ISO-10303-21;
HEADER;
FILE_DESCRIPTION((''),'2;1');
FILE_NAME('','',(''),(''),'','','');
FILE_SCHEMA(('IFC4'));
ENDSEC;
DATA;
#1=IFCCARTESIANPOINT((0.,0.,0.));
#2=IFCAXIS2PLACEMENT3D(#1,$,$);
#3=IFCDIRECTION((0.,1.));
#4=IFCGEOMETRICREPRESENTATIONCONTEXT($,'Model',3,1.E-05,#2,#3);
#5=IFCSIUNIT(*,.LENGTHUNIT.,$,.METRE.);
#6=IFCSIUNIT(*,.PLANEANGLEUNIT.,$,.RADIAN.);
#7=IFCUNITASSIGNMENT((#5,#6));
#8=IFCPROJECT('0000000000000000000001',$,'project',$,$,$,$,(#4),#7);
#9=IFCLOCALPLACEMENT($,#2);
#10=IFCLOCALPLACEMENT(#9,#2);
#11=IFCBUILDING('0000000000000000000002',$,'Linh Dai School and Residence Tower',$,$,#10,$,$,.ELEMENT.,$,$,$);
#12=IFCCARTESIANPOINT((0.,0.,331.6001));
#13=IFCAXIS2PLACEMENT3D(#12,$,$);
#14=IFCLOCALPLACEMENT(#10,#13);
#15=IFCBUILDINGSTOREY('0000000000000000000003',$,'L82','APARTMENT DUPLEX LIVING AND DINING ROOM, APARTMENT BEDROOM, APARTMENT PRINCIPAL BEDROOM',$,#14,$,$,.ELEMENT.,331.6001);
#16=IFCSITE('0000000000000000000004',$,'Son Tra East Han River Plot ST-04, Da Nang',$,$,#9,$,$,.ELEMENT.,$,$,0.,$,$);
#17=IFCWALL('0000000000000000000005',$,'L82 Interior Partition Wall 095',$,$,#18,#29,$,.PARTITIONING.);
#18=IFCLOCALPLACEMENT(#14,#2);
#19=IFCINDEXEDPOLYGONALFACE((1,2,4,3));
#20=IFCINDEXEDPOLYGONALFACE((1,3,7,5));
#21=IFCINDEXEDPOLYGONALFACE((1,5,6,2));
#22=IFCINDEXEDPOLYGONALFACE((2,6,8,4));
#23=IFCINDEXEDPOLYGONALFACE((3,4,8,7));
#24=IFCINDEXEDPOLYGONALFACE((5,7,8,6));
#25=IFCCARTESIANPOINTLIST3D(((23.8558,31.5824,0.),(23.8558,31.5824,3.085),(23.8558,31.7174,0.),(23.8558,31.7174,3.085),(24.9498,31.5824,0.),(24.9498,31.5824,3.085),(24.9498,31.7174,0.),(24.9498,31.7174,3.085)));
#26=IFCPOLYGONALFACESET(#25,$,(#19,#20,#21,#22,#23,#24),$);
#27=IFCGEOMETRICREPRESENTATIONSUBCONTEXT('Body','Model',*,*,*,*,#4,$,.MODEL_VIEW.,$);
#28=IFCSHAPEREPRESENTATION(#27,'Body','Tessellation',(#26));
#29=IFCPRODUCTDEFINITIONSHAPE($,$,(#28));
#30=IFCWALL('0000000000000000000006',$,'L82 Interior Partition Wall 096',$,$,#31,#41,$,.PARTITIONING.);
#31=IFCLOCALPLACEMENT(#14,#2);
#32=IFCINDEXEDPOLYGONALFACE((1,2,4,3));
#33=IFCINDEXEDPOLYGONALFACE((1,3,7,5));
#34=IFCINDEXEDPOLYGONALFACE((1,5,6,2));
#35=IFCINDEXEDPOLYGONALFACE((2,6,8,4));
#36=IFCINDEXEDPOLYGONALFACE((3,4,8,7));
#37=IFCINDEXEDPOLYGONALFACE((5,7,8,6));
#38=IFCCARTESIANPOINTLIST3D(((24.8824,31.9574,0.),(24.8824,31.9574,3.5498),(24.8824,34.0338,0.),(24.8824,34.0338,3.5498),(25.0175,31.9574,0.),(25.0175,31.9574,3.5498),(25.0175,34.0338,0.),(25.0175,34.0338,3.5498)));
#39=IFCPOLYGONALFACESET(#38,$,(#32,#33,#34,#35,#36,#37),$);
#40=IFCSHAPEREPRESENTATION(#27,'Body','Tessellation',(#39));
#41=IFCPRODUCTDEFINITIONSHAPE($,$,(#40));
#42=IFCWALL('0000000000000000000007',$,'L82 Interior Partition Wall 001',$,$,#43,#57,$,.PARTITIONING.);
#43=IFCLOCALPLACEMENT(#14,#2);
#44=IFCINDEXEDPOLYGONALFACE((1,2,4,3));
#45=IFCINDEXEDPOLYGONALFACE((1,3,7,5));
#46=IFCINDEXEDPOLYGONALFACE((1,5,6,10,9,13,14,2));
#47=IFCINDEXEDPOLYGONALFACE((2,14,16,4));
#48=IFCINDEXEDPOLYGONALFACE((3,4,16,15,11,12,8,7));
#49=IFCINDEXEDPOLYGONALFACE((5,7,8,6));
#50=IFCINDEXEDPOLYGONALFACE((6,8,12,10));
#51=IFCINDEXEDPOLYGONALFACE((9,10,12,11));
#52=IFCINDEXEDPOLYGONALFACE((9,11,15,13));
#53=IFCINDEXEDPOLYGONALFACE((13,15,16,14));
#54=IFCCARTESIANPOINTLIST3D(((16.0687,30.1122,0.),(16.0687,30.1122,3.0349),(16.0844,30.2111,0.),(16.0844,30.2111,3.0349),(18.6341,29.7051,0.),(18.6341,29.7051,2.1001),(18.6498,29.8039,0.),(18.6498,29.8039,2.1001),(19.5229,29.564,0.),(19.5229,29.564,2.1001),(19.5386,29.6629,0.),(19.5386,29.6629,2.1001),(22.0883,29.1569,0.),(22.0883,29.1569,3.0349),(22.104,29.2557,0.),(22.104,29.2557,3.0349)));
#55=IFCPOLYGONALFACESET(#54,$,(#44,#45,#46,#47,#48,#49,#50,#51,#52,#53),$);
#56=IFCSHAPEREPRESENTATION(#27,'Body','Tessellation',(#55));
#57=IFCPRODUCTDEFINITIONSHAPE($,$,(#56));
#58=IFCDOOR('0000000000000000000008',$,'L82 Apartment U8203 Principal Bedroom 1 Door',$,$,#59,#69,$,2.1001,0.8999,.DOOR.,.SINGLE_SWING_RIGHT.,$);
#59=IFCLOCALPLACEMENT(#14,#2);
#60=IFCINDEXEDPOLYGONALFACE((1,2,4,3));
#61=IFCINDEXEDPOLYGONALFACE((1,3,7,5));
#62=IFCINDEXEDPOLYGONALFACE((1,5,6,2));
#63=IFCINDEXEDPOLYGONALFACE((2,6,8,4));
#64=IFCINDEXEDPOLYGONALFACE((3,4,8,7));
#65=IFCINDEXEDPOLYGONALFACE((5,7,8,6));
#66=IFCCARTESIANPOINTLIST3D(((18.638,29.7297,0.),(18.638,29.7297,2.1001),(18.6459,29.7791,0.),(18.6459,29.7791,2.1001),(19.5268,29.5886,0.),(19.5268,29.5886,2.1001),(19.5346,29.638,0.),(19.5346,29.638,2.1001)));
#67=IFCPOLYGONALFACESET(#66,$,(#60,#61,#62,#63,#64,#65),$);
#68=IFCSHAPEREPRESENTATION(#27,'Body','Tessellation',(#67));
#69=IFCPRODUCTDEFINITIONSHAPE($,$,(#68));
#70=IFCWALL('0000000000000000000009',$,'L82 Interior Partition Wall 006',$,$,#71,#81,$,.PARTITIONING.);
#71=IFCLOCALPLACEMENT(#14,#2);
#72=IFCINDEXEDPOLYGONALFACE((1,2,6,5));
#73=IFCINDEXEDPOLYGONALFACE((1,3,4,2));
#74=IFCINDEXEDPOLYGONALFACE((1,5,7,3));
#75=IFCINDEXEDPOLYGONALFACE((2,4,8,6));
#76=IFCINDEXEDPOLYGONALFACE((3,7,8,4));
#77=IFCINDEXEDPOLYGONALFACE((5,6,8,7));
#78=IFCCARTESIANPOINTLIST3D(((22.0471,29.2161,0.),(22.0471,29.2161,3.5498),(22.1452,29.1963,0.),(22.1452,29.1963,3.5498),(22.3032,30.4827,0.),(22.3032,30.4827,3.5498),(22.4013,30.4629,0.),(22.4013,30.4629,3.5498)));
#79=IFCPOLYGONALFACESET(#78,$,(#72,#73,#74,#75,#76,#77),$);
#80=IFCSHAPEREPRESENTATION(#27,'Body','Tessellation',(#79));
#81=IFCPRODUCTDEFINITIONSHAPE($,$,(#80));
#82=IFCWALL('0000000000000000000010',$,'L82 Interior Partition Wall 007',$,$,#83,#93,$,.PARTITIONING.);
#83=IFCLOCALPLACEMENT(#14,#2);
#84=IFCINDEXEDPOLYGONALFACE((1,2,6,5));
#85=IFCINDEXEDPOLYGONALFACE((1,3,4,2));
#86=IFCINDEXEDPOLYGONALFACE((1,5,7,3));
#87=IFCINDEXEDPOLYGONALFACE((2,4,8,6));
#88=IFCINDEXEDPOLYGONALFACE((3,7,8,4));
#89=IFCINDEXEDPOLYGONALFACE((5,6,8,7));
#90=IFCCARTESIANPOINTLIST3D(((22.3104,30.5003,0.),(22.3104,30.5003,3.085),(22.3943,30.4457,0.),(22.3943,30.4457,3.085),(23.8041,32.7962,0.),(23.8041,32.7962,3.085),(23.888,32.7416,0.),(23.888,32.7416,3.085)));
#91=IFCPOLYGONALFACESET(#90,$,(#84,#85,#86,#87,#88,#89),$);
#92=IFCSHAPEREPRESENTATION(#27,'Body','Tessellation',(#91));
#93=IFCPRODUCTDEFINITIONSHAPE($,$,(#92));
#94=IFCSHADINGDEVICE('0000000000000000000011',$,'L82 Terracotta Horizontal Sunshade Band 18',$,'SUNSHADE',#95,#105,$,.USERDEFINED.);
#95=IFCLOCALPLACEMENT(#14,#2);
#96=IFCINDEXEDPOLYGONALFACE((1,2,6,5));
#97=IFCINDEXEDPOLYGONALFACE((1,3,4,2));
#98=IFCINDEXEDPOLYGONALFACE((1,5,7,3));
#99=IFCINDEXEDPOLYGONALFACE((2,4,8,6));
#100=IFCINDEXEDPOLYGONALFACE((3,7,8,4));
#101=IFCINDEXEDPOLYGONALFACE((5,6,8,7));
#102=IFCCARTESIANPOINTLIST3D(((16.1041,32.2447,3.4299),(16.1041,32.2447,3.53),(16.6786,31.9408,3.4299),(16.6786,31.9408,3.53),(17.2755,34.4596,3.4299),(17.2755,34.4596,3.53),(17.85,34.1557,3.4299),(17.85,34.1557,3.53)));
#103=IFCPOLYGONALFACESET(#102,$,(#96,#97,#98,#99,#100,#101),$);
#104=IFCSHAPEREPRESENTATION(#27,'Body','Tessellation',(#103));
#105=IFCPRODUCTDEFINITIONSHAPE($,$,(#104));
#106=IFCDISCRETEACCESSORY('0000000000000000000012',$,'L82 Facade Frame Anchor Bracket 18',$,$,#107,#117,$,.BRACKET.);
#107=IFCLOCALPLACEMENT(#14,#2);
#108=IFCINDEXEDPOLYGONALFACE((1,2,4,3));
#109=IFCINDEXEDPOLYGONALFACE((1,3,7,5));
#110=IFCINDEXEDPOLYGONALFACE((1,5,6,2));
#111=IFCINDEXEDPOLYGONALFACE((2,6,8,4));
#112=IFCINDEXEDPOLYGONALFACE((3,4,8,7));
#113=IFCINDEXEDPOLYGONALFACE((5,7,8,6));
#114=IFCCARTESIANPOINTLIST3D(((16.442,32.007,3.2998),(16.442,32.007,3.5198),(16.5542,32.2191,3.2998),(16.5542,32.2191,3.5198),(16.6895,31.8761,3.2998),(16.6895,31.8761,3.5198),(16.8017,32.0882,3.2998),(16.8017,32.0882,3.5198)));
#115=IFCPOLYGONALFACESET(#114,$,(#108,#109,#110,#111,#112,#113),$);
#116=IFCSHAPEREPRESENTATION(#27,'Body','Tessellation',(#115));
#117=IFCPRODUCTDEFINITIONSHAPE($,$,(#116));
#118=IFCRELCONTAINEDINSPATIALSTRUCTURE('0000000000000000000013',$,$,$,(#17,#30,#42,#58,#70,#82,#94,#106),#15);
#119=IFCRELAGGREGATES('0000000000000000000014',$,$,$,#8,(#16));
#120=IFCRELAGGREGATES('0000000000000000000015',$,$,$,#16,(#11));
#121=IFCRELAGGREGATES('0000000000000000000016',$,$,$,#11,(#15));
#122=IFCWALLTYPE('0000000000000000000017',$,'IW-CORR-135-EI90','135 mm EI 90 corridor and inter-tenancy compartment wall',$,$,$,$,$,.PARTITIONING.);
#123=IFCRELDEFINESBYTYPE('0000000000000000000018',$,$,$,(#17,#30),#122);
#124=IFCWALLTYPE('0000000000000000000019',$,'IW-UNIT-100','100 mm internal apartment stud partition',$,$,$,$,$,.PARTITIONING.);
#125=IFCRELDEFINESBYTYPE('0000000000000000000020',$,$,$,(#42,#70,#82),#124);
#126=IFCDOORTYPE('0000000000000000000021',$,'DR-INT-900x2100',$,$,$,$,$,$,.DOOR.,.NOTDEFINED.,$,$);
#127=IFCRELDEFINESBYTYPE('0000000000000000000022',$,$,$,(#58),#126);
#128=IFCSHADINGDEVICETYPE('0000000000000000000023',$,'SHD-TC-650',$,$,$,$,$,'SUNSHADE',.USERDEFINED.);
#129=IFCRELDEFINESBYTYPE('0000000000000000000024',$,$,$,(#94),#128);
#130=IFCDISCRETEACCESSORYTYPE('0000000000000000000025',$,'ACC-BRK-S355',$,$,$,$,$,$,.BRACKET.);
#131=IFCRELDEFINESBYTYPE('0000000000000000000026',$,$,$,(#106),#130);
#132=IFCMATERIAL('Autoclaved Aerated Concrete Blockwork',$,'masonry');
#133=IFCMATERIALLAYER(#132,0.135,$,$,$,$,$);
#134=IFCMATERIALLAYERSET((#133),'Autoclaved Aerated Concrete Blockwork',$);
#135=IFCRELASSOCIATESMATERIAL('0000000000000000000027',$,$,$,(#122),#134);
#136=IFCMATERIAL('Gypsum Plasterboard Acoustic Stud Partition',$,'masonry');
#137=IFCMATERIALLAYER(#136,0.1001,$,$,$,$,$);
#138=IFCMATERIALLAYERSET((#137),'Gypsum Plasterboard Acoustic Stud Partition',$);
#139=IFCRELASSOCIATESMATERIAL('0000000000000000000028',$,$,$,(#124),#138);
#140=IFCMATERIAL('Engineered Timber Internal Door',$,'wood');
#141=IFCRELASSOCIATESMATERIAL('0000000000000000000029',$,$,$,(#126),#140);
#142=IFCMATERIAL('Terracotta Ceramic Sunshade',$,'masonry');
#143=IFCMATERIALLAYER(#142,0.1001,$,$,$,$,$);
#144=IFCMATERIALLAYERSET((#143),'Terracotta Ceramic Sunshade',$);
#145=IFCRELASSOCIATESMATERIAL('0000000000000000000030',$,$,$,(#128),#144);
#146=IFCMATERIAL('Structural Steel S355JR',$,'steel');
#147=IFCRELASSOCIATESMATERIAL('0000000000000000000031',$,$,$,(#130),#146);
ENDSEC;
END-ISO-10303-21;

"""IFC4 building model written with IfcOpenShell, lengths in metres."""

from ifc_helpers import new_model, si_unit, direction, frame, frame_2d, origin, origin_2d, place, context, subcontext, project, spatial, rectangle, extrude, source, transform, mapped, material, layer, layer_set, type_object, element, fill, save


model = new_model("IFC4")

# Units and contexts
model_context = context("Model", 3, precision=1e-05, world=origin(), true_north=direction((0.0, 1.0)))
body_context = subcontext(model_context, "Body", "Model", "MODEL_VIEW")
ifc_project = project(units=[si_unit("LENGTHUNIT", "METRE"), si_unit("PLANEANGLEUNIT", "RADIAN")], contexts=[model_context])

# Site, building, storey
site_placement = place(None, origin())
site = spatial("IfcSite", under=ifc_project, at=site_placement, Name="Son Tra East Han River Plot ST-04, Da Nang", CompositionType="ELEMENT", RefElevation=0.0)
building_placement = place(site_placement, origin())
building = spatial("IfcBuilding", under=site, at=building_placement, Name="Linh Dai School and Residence Tower", CompositionType="ELEMENT")
storey_placement = place(building_placement, frame((0.0, 0.0, 331.6001)))
storey = spatial("IfcBuildingStorey", under=building, at=storey_placement, Name="L82", Description="APARTMENT DUPLEX LIVING AND DINING ROOM, APARTMENT BEDROOM, APARTMENT PRINCIPAL BEDROOM", CompositionType="ELEMENT", Elevation=331.6001)

# Shared definitions
ifc_material_1 = material(Name="Structural Steel S355JR", Category="steel")

# Shared definitions
ifc_material_2 = material(Name="Autoclaved Aerated Concrete Blockwork", Category="masonry")
ifc_layer_1 = layer(ifc_material_2, 0.135)
ifc_layer_set_1 = layer_set([ifc_layer_1], Name="Autoclaved Aerated Concrete Blockwork")
wall_type_1 = type_object("IfcWallType", Name="IW-CORR-135-EI90", Description="135 mm EI 90 corridor and inter-tenancy compartment wall", PredefinedType="PARTITIONING", material=ifc_layer_set_1)

# Walls
wall_1_placement = place(storey_placement, frame((23.856, 31.6499, 0.0), z_axis=(0.0, 0.0, 1.0), x_axis=(1.0, 0.0, 0.0)))
element("IfcWall", 1, at=wall_1_placement, inside=storey, type_object=wall_type_1, Name="L82 Interior Partition Wall 095", PredefinedType="PARTITIONING", context=body_context, shape_type="SweptSolid", body=[
    extrude(rectangle(XDim=1.094, YDim=0.135, at=frame_2d((0.5469, 0.0))), origin(), (0.0, 0.0, 1.0), 3.085),
])
wall_2_placement = place(storey_placement, frame((24.95, 31.9575, 0.0), z_axis=(0.0, 0.0, 1.0), x_axis=(0.0, 1.0, 0.0)))
element("IfcWall", 2, at=wall_2_placement, inside=storey, type_object=wall_type_1, Name="L82 Interior Partition Wall 096", PredefinedType="PARTITIONING", context=body_context, shape_type="SweptSolid", body=[
    extrude(rectangle(XDim=2.0764, YDim=0.135, at=frame_2d((1.0381, 0.0))), origin(), (0.0, 0.0, 1.0), 3.5498),
])

# Wall, opening, door
ifc_material_3 = material(Name="Gypsum Plasterboard Acoustic Stud Partition", Category="masonry")
ifc_layer_2 = layer(ifc_material_3, 0.1001)
ifc_layer_set_2 = layer_set([ifc_layer_2], Name="Gypsum Plasterboard Acoustic Stud Partition")
wall_type_2 = type_object("IfcWallType", Name="IW-UNIT-100", Description="100 mm internal apartment stud partition", PredefinedType="PARTITIONING", material=ifc_layer_set_2)
wall_3_placement = place(storey_placement, frame((16.0767, 30.1616, 0.0), z_axis=(0.0, 0.0, 1.0), x_axis=(0.98764, -0.156742, 0.0)))
wall_3 = element("IfcWall", 3, at=wall_3_placement, inside=storey, type_object=wall_type_2, Name="L82 Interior Partition Wall 001", PredefinedType="PARTITIONING", context=body_context, shape_type="SweptSolid", body=[
    extrude(rectangle(XDim=6.095, YDim=0.1001, at=frame_2d((3.0474, 0.0))), origin(), (0.0, 0.0, 1.0), 3.0349),
])
opening_1_placement = place(wall_3_placement, frame((2.5974, 0.0, 0.0)))
opening_1 = element("IfcOpeningElement", 4, at=opening_1_placement, cuts=wall_3, PredefinedType="OPENING", context=body_context, shape_type="SweptSolid", body=[
    extrude(rectangle(XDim=0.8999, YDim=2.1001, at=origin_2d()), frame((0.45, 0.0601, 1.05), z_axis=(0.0, -1.0, 0.0), x_axis=(1.0, 0.0, 0.0)), (0.0, 0.0, 1.0), 0.1201),
])
ifc_material_4 = material(Name="Engineered Timber Internal Door", Category="wood")
door_type_1 = type_object("IfcDoorType", Name="DR-INT-900x2100", OperationType="NOTDEFINED", PredefinedType="DOOR", material=ifc_material_4)
shared_shape_1 = source(origin(), body_context, "Body", "SweptSolid", [
    extrude(rectangle(XDim=0.8999, YDim=2.1001, at=origin_2d()), frame((0.45, 0.0249, 1.05), z_axis=(0.0, -1.0, 0.0), x_axis=(1.0, 0.0, 0.0)), (0.0, 0.0, 1.0), 0.05),
])
door_1_placement = place(opening_1_placement, origin())
door_1 = element("IfcDoor", 5, at=door_1_placement, inside=storey, type_object=door_type_1, Name="L82 Apartment U8203 Principal Bedroom 1 Door", OperationType="SINGLE_SWING_RIGHT", OverallHeight=2.1001, OverallWidth=0.8999, PredefinedType="DOOR", context=body_context, shape_type="MappedRepresentation", body=[
    mapped(shared_shape_1, transform((0.0, 0.0, 0.0), x_axis=(1.0, 0.0, 0.0), y_axis=(0.0, 1.0, 0.0), z_axis=(0.0, 0.0, 1.0), scale=1.0)),
])
fill(opening_1, door_1)

# Walls
wall_4_placement = place(storey_placement, frame((22.0962, 29.2063, 0.0), z_axis=(0.0, 0.0, 1.0), x_axis=(0.198187, 0.980164, 0.0)))
element("IfcWall", 6, at=wall_4_placement, inside=storey, type_object=wall_type_2, Name="L82 Interior Partition Wall 006", PredefinedType="PARTITIONING", context=body_context, shape_type="SweptSolid", body=[
    extrude(rectangle(XDim=1.2922, YDim=0.1001, at=frame_2d((0.646, 0.0))), origin(), (0.0, 0.0, 1.0), 3.5498),
])
wall_5_placement = place(storey_placement, frame((22.3523, 30.4729, 0.0), z_axis=(0.0, 0.0, 1.0), x_axis=(0.545327, 0.838224, 0.0)))
element("IfcWall", 7, at=wall_5_placement, inside=storey, type_object=wall_type_2, Name="L82 Interior Partition Wall 007", PredefinedType="PARTITIONING", context=body_context, shape_type="SweptSolid", body=[
    extrude(rectangle(XDim=2.739, YDim=0.1001, at=frame_2d((1.3696, 0.0))), origin(), (0.0, 0.0, 1.0), 3.085),
])

# Shading device
ifc_material_5 = material(Name="Terracotta Ceramic Sunshade", Category="masonry")
ifc_layer_3 = layer(ifc_material_5, 0.1001)
ifc_layer_set_3 = layer_set([ifc_layer_3], Name="Terracotta Ceramic Sunshade")
shading_device_type = type_object("IfcShadingDeviceType", Name="SHD-TC-650", ElementType="SUNSHADE", PredefinedType="USERDEFINED", material=ifc_layer_set_3)
shared_shape_2 = source(origin(), body_context, "Body", "SweptSolid", [
    extrude(rectangle(XDim=2.5056, YDim=0.6499, at=origin_2d()), origin(), (0.0, 0.0, 1.0), 0.1001),
])
shading_device_placement = place(storey_placement, frame((16.9771, 33.2002, 3.4299), z_axis=(0.0, 0.0, 1.0), x_axis=(0.46754, 0.883972, 0.0)))
element("IfcShadingDevice", 8, at=shading_device_placement, inside=storey, type_object=shading_device_type, Name="L82 Terracotta Horizontal Sunshade Band 18", ObjectType="SUNSHADE", PredefinedType="USERDEFINED", context=body_context, shape_type="MappedRepresentation", body=[
    mapped(shared_shape_2, transform((0.0, 0.0, 0.0), x_axis=(1.0, 0.0, 0.0), y_axis=(0.0, 1.0, 0.0), z_axis=(0.0, 0.0, 1.0), scale=1.0)),
])

# Discrete accessory
discrete_accessory_type = type_object("IfcDiscreteAccessoryType", Name="ACC-BRK-S355", PredefinedType="BRACKET", material=ifc_material_1)
shared_shape_3 = source(origin(), body_context, "Body", "SweptSolid", [
    extrude(rectangle(XDim=0.28, YDim=0.24, at=origin_2d()), origin(), (0.0, 0.0, 1.0), 0.22),
])
discrete_accessory_placement = place(storey_placement, frame((16.6218, 32.0476, 3.2998), z_axis=(0.0, 0.0, 1.0), x_axis=(-0.883972, 0.46754, 0.0)))
element("IfcDiscreteAccessory", 9, at=discrete_accessory_placement, inside=storey, type_object=discrete_accessory_type, Name="L82 Facade Frame Anchor Bracket 18", PredefinedType="BRACKET", context=body_context, shape_type="MappedRepresentation", body=[
    mapped(shared_shape_3, transform((0.0, 0.0, 0.0), x_axis=(1.0, 0.0, 0.0), y_axis=(0.0, 1.0, 0.0), z_axis=(0.0, 0.0, 1.0), scale=1.0)),
])

save(model, "model.ifc")
